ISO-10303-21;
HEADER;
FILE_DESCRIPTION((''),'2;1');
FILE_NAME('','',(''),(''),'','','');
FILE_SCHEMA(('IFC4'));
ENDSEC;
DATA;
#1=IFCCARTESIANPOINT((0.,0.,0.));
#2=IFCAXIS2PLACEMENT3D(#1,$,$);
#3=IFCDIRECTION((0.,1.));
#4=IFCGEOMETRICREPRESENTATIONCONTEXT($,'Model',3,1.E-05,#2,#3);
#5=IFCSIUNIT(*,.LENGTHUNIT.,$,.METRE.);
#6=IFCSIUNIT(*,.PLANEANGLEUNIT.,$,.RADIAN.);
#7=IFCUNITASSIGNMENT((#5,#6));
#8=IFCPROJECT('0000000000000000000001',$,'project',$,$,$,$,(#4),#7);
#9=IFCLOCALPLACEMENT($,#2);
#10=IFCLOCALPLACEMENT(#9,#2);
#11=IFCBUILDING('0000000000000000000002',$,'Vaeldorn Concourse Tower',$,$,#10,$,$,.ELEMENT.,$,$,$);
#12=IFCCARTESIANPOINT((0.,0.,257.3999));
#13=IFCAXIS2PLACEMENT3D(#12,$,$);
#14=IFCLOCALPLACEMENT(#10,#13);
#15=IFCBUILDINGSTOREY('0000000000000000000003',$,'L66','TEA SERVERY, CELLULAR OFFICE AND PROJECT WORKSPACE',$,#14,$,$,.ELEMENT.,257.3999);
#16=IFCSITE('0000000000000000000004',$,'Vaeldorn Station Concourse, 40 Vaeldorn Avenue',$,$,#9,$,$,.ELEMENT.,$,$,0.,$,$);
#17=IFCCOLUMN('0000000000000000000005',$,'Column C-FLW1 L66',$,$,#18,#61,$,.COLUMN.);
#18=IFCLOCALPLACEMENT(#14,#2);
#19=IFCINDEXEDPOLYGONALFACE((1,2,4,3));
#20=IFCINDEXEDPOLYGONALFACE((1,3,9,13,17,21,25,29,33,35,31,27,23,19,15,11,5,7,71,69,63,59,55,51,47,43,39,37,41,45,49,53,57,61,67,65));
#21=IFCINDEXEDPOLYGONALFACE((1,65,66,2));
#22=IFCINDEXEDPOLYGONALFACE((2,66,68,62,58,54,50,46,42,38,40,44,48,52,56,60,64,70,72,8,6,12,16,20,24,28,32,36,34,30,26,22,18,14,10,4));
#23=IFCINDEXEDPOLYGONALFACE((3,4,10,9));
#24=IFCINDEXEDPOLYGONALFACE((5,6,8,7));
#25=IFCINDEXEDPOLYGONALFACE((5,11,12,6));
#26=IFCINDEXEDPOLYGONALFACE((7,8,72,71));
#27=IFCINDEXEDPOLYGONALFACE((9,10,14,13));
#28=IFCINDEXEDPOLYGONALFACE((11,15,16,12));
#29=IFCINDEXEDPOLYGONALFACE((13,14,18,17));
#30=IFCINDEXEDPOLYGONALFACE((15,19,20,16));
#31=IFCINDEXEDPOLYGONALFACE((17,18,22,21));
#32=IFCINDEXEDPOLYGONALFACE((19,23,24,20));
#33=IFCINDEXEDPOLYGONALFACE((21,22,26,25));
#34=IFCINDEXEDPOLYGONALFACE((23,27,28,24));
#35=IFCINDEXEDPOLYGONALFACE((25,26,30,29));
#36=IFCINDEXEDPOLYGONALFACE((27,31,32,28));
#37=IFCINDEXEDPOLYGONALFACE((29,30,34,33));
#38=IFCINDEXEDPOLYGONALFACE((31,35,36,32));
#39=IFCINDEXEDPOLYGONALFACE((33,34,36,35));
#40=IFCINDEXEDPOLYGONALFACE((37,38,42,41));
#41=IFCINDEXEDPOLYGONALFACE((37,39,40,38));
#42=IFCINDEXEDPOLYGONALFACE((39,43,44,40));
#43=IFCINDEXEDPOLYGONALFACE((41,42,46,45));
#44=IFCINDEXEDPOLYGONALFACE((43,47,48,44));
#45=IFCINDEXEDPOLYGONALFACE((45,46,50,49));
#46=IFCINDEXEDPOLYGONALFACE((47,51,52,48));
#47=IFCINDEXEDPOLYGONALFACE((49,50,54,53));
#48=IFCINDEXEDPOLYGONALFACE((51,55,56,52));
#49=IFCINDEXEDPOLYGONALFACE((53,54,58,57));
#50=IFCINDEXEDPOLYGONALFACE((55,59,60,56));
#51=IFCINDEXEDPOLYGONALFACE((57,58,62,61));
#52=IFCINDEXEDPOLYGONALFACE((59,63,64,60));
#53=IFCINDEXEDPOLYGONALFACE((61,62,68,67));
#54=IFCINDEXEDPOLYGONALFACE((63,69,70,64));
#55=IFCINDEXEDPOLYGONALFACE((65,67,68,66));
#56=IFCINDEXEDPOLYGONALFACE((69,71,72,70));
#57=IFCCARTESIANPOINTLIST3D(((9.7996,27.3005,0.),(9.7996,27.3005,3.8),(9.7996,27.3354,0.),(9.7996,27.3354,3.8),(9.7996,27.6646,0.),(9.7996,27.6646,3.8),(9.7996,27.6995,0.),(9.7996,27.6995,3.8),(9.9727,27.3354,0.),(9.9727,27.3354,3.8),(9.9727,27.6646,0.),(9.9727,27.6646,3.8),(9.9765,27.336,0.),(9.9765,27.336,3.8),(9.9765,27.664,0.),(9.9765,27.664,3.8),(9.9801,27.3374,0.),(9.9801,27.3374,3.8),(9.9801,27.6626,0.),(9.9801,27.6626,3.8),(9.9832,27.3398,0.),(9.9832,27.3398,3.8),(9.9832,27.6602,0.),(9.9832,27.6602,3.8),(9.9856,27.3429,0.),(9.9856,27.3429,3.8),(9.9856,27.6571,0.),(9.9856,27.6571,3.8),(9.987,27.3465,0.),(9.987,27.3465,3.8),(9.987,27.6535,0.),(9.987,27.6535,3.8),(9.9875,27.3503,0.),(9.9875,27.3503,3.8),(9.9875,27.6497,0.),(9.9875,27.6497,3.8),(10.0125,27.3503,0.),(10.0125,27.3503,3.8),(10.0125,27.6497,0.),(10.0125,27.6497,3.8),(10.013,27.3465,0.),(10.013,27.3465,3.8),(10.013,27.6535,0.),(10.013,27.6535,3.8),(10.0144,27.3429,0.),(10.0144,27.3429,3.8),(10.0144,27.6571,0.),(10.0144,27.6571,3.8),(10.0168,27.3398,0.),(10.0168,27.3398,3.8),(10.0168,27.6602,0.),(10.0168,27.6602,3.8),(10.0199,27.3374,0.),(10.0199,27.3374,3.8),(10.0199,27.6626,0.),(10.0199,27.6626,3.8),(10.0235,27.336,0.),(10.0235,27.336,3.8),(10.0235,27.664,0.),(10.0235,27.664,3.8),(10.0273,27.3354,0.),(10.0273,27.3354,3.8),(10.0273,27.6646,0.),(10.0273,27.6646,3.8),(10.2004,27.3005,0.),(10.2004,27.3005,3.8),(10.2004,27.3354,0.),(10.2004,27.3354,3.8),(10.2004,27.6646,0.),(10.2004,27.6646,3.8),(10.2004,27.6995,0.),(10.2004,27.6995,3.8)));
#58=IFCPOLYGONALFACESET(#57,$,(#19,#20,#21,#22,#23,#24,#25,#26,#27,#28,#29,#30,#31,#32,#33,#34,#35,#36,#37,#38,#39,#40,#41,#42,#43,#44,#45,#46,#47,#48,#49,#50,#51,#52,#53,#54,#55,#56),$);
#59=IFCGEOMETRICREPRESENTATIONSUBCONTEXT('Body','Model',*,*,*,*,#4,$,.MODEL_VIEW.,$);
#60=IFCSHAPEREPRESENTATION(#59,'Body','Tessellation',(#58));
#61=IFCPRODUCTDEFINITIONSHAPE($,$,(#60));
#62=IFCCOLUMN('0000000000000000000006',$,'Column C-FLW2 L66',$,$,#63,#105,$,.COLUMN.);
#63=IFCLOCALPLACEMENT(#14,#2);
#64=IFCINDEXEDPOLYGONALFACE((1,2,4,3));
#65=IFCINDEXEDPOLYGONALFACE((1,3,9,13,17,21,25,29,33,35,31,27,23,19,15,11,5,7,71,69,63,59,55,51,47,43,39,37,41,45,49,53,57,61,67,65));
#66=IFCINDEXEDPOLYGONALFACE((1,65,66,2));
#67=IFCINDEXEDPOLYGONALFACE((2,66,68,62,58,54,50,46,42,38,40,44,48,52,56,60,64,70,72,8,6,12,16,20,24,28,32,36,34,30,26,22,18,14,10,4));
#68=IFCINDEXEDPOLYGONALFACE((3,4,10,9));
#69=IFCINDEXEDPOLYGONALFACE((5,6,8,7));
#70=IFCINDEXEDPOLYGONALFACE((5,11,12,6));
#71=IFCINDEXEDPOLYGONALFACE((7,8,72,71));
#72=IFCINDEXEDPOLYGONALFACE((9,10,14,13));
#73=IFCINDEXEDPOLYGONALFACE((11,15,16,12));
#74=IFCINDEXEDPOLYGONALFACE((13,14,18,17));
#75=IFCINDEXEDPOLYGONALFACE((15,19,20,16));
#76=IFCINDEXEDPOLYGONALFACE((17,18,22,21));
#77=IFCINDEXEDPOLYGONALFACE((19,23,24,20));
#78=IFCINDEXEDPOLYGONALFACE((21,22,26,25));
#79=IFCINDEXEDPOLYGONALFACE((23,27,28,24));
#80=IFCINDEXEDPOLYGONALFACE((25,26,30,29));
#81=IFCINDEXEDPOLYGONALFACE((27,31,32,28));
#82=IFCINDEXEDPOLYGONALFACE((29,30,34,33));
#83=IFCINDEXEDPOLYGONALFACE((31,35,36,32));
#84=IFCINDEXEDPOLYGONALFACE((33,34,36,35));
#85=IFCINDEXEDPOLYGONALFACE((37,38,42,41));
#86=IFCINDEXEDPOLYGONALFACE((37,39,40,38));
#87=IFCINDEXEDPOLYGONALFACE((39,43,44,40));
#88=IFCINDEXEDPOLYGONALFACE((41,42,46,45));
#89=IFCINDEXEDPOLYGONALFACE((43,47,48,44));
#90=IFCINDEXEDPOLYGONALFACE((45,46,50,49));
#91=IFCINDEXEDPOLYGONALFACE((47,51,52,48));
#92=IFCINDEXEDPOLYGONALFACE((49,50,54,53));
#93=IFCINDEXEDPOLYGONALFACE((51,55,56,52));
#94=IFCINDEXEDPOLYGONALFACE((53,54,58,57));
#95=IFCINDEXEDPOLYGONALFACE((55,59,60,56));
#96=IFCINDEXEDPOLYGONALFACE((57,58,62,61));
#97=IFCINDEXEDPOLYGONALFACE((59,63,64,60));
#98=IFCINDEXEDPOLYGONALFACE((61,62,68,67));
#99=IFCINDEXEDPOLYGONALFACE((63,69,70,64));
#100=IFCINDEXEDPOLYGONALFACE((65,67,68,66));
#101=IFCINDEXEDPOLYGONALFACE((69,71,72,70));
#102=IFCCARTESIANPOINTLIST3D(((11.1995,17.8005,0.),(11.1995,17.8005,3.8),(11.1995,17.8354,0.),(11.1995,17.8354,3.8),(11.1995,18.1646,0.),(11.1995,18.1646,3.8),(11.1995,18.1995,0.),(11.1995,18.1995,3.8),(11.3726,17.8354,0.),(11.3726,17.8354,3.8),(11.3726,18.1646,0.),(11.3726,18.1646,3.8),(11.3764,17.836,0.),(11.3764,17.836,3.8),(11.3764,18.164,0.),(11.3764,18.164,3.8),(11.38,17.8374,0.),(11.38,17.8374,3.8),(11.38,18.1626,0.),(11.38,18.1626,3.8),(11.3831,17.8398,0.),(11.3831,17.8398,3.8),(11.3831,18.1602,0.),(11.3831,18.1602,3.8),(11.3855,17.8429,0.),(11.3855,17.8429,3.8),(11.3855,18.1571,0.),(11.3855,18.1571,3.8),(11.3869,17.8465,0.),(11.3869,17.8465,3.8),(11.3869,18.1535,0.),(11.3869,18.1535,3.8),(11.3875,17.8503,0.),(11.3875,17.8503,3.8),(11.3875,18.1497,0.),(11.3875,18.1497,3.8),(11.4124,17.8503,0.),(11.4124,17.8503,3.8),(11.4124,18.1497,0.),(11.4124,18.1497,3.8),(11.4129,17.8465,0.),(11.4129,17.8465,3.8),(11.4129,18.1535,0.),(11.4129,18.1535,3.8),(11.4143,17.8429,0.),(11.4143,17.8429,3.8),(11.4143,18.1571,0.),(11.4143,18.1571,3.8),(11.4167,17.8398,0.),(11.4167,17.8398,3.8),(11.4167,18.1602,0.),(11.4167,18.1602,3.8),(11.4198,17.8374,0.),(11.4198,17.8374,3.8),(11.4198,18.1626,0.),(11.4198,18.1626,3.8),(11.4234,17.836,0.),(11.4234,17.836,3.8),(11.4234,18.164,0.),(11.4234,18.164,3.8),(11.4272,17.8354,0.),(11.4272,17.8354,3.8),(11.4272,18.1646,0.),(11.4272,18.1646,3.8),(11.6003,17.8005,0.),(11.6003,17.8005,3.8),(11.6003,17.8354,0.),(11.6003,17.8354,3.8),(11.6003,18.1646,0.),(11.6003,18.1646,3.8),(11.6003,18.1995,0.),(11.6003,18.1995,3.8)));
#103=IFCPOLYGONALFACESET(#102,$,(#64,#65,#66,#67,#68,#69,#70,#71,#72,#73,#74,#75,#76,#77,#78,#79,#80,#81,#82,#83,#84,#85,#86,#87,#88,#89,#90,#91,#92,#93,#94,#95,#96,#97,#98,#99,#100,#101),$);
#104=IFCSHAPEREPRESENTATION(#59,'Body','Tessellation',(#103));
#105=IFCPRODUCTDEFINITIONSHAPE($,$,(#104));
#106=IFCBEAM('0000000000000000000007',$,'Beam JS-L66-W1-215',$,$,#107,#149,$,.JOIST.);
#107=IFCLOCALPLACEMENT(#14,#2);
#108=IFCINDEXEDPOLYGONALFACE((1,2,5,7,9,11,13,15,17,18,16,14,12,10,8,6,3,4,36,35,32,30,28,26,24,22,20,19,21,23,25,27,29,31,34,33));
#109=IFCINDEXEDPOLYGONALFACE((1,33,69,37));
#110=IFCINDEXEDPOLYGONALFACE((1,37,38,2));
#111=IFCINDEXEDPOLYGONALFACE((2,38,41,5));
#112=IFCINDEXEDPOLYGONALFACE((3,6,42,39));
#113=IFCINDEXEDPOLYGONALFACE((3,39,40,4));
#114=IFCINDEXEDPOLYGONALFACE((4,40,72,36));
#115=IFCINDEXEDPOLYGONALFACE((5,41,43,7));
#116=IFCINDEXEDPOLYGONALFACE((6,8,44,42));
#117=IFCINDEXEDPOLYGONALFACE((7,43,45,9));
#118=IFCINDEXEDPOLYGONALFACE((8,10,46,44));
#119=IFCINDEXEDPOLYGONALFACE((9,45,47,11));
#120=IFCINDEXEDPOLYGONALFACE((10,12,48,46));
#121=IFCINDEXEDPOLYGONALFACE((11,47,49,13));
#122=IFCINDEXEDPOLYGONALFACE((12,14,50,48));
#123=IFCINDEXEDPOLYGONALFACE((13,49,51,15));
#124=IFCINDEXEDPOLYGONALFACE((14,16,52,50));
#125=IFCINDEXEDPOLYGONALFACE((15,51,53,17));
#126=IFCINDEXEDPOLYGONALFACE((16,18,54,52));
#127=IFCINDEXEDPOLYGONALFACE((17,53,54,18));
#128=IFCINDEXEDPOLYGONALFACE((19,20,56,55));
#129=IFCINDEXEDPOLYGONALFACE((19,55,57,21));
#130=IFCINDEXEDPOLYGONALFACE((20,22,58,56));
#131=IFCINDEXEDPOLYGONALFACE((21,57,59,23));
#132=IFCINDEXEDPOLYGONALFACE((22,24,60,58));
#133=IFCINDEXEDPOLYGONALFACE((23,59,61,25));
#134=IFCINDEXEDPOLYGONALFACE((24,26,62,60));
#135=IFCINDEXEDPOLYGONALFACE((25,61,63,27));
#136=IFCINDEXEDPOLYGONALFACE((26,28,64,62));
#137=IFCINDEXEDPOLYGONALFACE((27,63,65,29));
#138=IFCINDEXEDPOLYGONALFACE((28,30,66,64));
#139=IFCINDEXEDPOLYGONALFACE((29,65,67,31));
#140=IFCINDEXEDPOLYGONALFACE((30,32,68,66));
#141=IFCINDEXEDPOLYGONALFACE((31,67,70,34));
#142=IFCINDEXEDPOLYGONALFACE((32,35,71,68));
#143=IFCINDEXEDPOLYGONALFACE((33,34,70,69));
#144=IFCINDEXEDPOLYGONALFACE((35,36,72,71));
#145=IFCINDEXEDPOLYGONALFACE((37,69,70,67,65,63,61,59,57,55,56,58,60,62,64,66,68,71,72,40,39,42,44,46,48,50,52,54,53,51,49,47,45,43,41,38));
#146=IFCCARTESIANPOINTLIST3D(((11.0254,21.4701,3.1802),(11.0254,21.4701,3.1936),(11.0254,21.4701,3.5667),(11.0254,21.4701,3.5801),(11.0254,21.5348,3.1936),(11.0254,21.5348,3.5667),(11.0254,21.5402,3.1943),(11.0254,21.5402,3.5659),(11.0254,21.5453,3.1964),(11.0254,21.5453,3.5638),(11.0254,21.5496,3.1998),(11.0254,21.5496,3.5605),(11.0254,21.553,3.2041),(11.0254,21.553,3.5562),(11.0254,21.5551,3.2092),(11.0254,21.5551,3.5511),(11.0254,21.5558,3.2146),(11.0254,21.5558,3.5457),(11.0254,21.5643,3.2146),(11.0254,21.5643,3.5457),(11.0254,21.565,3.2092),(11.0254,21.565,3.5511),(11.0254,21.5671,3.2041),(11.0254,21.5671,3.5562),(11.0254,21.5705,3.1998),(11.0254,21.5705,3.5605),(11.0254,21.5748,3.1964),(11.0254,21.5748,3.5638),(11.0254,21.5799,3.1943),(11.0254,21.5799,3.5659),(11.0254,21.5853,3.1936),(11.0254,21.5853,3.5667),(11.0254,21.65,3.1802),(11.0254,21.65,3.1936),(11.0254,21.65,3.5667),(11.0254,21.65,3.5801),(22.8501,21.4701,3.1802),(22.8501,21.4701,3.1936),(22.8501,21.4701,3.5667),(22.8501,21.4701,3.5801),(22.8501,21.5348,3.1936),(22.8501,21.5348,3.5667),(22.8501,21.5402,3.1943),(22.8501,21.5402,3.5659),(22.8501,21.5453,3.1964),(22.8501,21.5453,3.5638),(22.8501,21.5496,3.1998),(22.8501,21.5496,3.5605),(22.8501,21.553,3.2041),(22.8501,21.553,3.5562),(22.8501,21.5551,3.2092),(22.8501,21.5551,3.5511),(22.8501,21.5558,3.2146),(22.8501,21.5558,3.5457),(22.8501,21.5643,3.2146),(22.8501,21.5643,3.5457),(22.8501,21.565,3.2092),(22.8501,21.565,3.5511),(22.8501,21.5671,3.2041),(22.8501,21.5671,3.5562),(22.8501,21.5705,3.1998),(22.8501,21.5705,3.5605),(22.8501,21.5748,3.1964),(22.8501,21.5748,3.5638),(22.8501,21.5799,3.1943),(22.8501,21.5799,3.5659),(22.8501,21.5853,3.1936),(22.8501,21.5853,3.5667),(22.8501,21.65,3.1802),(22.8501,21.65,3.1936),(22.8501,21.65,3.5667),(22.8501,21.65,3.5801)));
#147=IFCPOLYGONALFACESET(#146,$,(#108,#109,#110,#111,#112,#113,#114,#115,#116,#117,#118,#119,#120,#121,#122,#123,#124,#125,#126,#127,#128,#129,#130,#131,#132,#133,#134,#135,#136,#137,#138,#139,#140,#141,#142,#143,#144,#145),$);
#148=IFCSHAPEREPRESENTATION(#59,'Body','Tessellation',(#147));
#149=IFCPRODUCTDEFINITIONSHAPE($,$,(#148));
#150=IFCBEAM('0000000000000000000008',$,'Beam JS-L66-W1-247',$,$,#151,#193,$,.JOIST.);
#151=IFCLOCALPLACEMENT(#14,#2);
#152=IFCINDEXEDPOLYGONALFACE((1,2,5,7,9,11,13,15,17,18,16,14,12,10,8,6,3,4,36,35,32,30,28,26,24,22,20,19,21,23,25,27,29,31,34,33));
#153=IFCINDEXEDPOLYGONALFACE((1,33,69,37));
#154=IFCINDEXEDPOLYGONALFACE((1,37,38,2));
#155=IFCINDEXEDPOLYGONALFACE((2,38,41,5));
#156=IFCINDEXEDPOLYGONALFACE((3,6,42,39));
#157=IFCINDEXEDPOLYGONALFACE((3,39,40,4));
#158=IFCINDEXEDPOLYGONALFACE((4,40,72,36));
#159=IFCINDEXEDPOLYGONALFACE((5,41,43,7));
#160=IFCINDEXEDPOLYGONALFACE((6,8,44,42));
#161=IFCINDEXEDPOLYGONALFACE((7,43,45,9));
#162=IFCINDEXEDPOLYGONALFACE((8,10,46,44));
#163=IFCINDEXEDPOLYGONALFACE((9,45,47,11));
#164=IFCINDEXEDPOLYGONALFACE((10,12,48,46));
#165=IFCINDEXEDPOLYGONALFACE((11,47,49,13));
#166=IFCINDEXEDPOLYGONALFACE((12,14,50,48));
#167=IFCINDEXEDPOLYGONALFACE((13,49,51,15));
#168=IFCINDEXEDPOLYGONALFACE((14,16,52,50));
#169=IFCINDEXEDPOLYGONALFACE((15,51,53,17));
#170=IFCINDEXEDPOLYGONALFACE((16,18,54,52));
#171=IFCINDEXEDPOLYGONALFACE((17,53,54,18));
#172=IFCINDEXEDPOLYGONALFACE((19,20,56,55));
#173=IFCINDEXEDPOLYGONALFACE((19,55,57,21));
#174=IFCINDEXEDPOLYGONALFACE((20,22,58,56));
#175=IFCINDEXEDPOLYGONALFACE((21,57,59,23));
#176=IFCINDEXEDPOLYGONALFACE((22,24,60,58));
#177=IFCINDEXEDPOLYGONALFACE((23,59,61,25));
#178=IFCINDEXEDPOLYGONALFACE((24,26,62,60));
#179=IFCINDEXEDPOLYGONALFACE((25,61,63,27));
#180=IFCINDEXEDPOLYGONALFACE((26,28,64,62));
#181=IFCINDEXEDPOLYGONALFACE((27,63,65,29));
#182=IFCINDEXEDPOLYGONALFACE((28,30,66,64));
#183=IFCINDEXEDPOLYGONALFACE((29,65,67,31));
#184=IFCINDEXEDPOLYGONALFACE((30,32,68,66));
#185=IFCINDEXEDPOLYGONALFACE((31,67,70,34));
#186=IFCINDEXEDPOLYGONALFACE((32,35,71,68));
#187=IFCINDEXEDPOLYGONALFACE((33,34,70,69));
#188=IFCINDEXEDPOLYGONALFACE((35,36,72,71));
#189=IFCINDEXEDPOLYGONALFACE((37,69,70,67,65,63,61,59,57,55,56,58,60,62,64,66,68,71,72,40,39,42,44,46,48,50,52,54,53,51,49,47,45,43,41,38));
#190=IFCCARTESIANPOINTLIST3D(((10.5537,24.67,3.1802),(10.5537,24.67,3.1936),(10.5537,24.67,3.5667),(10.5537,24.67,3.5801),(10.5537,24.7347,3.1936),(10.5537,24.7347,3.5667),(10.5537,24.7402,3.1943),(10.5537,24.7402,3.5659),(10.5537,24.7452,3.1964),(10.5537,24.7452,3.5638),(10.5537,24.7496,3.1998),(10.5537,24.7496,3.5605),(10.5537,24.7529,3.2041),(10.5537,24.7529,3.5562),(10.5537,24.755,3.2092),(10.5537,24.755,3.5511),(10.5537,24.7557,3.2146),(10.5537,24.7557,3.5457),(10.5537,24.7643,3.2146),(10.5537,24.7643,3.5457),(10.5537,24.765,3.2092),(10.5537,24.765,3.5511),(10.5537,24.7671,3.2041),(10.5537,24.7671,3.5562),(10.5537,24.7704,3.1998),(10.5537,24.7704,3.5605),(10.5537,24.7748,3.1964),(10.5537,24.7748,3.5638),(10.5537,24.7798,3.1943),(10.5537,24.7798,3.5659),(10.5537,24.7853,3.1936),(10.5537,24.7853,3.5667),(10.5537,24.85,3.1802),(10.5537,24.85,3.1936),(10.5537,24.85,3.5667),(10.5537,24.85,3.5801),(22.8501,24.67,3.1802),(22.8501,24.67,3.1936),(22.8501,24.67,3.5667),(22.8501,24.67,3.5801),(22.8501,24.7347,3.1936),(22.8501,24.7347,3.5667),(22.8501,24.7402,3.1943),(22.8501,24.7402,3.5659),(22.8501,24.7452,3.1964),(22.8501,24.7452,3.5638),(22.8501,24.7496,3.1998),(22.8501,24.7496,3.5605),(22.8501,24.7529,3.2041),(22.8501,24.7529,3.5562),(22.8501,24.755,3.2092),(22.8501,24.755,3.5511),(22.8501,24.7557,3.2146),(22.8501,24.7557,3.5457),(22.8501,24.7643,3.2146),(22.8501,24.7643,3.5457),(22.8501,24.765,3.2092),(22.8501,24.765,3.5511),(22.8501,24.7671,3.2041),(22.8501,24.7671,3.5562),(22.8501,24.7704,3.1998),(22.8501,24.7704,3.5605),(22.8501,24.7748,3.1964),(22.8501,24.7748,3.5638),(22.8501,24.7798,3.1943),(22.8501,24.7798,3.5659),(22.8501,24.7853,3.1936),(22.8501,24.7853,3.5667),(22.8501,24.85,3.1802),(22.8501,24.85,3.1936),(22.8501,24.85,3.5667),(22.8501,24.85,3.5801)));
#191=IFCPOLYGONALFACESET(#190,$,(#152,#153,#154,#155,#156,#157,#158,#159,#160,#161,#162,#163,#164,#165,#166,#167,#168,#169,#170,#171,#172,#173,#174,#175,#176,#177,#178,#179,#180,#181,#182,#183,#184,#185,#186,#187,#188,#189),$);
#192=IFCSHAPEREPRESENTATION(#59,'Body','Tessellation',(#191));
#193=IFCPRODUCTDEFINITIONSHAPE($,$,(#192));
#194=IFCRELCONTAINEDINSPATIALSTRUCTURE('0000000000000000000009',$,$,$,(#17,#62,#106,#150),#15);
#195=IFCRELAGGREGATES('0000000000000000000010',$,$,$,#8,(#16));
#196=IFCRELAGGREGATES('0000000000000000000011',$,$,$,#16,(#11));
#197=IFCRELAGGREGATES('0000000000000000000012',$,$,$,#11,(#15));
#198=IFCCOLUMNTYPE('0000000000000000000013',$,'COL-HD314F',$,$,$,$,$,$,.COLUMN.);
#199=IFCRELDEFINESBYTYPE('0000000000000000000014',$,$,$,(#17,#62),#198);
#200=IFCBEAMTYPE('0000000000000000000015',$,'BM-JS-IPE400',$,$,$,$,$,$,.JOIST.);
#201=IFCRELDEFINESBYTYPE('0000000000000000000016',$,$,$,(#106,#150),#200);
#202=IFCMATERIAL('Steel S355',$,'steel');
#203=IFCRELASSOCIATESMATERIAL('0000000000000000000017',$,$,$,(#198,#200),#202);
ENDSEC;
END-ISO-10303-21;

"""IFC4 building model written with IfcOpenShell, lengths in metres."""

from ifc_helpers import new_model, si_unit, direction, frame, origin, origin_2d, place, context, subcontext, project, spatial, i_section, extrude, source, transform, mapped, material, material_profile, profile_set, type_object, element, save


model = new_model("IFC4")

# Units and contexts
model_context = context("Model", 3, precision=1e-05, world=origin(), true_north=direction((0.0, 1.0)))
body_context = subcontext(model_context, "Body", "Model", "MODEL_VIEW")
ifc_project = project(units=[si_unit("LENGTHUNIT", "METRE"), si_unit("PLANEANGLEUNIT", "RADIAN")], contexts=[model_context])

# Site, building, storey
site_placement = place(None, origin())
site = spatial("IfcSite", under=ifc_project, at=site_placement, Name="Vaeldorn Station Concourse, 40 Vaeldorn Avenue", CompositionType="ELEMENT", RefElevation=0.0)
building_placement = place(site_placement, origin())
building = spatial("IfcBuilding", under=site, at=building_placement, Name="Vaeldorn Concourse Tower", CompositionType="ELEMENT")
storey_placement = place(building_placement, frame((0.0, 0.0, 257.3999)))
storey = spatial("IfcBuildingStorey", under=building, at=storey_placement, Name="L66", Description="TEA SERVERY, CELLULAR OFFICE AND PROJECT WORKSPACE", CompositionType="ELEMENT", Elevation=257.3999)

# Columns
ifc_material_1 = material(Name="Steel S355", Category="steel")
ifc_material_profile_1 = material_profile(ifc_material_1, i_section(OverallWidth=0.4009, OverallDepth=0.3989, WebThickness=0.0249, FlangeThickness=0.0349, FilletRadius=0.0149, at=origin_2d()), Name="HD 400x314")
ifc_profile_set_1 = profile_set([ifc_material_profile_1], Name="Steel S355")
column_type = type_object("IfcColumnType", Name="COL-HD314F", PredefinedType="COLUMN", material=ifc_profile_set_1)
shared_shape_1 = source(origin(), body_context, "Body", "SweptSolid", [
    extrude(i_section(OverallWidth=0.4009, OverallDepth=0.3989, WebThickness=0.0249, FlangeThickness=0.0349, FilletRadius=0.0149, at=origin_2d()), origin(), (0.0, 0.0, 1.0), 3.8),
])
for number, where, z_axis, x_axis, name in (
    (1, (10.0, 27.5, 0.0), (0.0, 0.0, 1.0), (1.0, 0.0, 0.0), "Column C-FLW1 L66"),
    (2, (11.3999, 18.0, 0.0), (0.0, 0.0, 1.0), (1.0, 0.0, 0.0), "Column C-FLW2 L66"),
):
    element("IfcColumn", number, at=place(storey_placement, frame(where, z_axis=z_axis, x_axis=x_axis)), inside=storey, type_object=column_type, Name=name, PredefinedType="COLUMN", context=body_context, shape_type="MappedRepresentation", body=[
        mapped(shared_shape_1, transform((0.0, 0.0, 0.0), scale=1.0)),
    ])

# Beams
ifc_material_profile_2 = material_profile(ifc_material_1, i_section(OverallWidth=0.1799, OverallDepth=0.3999, WebThickness=0.0085, FlangeThickness=0.0134, FilletRadius=0.021, at=origin_2d()), Name="IPE 400")
ifc_profile_set_2 = profile_set([ifc_material_profile_2], Name="Steel S355")
beam_type_1 = type_object("IfcBeamType", Name="BM-JS-IPE400", PredefinedType="JOIST", material=ifc_profile_set_2)
shared_shape_2 = source(origin(), body_context, "Body", "SweptSolid", [
    extrude(i_section(OverallWidth=0.1799, OverallDepth=0.3999, WebThickness=0.0085, FlangeThickness=0.0134, FilletRadius=0.021, at=origin_2d()), origin(), (0.0, 0.0, 1.0), 11.8247),
])
beam_1_placement = place(storey_placement, frame((11.0254, 21.5601, 3.3801), z_axis=(1.0, 0.0, 0.0), x_axis=(0.0, 1.0, 0.0)))
element("IfcBeam", 3, at=beam_1_placement, inside=storey, type_object=beam_type_1, Name="Beam JS-L66-W1-215", PredefinedType="JOIST", context=body_context, shape_type="MappedRepresentation", body=[
    mapped(shared_shape_2, transform((0.0, 0.0, 0.0), scale=1.0)),
])
shared_shape_3 = source(origin(), body_context, "Body", "SweptSolid", [
    extrude(i_section(OverallWidth=0.1799, OverallDepth=0.3999, WebThickness=0.0085, FlangeThickness=0.0134, FilletRadius=0.021, at=origin_2d()), origin(), (0.0, 0.0, 1.0), 12.2964),
])
beam_2_placement = place(storey_placement, frame((10.5537, 24.76, 3.3801), z_axis=(1.0, 0.0, 0.0), x_axis=(0.0, 1.0, 0.0)))
element("IfcBeam", 4, at=beam_2_placement, inside=storey, type_object=beam_type_1, Name="Beam JS-L66-W1-247", PredefinedType="JOIST", context=body_context, shape_type="MappedRepresentation", body=[
    mapped(shared_shape_3, transform((0.0, 0.0, 0.0), scale=1.0)),
])

save(model, "model.ifc")
